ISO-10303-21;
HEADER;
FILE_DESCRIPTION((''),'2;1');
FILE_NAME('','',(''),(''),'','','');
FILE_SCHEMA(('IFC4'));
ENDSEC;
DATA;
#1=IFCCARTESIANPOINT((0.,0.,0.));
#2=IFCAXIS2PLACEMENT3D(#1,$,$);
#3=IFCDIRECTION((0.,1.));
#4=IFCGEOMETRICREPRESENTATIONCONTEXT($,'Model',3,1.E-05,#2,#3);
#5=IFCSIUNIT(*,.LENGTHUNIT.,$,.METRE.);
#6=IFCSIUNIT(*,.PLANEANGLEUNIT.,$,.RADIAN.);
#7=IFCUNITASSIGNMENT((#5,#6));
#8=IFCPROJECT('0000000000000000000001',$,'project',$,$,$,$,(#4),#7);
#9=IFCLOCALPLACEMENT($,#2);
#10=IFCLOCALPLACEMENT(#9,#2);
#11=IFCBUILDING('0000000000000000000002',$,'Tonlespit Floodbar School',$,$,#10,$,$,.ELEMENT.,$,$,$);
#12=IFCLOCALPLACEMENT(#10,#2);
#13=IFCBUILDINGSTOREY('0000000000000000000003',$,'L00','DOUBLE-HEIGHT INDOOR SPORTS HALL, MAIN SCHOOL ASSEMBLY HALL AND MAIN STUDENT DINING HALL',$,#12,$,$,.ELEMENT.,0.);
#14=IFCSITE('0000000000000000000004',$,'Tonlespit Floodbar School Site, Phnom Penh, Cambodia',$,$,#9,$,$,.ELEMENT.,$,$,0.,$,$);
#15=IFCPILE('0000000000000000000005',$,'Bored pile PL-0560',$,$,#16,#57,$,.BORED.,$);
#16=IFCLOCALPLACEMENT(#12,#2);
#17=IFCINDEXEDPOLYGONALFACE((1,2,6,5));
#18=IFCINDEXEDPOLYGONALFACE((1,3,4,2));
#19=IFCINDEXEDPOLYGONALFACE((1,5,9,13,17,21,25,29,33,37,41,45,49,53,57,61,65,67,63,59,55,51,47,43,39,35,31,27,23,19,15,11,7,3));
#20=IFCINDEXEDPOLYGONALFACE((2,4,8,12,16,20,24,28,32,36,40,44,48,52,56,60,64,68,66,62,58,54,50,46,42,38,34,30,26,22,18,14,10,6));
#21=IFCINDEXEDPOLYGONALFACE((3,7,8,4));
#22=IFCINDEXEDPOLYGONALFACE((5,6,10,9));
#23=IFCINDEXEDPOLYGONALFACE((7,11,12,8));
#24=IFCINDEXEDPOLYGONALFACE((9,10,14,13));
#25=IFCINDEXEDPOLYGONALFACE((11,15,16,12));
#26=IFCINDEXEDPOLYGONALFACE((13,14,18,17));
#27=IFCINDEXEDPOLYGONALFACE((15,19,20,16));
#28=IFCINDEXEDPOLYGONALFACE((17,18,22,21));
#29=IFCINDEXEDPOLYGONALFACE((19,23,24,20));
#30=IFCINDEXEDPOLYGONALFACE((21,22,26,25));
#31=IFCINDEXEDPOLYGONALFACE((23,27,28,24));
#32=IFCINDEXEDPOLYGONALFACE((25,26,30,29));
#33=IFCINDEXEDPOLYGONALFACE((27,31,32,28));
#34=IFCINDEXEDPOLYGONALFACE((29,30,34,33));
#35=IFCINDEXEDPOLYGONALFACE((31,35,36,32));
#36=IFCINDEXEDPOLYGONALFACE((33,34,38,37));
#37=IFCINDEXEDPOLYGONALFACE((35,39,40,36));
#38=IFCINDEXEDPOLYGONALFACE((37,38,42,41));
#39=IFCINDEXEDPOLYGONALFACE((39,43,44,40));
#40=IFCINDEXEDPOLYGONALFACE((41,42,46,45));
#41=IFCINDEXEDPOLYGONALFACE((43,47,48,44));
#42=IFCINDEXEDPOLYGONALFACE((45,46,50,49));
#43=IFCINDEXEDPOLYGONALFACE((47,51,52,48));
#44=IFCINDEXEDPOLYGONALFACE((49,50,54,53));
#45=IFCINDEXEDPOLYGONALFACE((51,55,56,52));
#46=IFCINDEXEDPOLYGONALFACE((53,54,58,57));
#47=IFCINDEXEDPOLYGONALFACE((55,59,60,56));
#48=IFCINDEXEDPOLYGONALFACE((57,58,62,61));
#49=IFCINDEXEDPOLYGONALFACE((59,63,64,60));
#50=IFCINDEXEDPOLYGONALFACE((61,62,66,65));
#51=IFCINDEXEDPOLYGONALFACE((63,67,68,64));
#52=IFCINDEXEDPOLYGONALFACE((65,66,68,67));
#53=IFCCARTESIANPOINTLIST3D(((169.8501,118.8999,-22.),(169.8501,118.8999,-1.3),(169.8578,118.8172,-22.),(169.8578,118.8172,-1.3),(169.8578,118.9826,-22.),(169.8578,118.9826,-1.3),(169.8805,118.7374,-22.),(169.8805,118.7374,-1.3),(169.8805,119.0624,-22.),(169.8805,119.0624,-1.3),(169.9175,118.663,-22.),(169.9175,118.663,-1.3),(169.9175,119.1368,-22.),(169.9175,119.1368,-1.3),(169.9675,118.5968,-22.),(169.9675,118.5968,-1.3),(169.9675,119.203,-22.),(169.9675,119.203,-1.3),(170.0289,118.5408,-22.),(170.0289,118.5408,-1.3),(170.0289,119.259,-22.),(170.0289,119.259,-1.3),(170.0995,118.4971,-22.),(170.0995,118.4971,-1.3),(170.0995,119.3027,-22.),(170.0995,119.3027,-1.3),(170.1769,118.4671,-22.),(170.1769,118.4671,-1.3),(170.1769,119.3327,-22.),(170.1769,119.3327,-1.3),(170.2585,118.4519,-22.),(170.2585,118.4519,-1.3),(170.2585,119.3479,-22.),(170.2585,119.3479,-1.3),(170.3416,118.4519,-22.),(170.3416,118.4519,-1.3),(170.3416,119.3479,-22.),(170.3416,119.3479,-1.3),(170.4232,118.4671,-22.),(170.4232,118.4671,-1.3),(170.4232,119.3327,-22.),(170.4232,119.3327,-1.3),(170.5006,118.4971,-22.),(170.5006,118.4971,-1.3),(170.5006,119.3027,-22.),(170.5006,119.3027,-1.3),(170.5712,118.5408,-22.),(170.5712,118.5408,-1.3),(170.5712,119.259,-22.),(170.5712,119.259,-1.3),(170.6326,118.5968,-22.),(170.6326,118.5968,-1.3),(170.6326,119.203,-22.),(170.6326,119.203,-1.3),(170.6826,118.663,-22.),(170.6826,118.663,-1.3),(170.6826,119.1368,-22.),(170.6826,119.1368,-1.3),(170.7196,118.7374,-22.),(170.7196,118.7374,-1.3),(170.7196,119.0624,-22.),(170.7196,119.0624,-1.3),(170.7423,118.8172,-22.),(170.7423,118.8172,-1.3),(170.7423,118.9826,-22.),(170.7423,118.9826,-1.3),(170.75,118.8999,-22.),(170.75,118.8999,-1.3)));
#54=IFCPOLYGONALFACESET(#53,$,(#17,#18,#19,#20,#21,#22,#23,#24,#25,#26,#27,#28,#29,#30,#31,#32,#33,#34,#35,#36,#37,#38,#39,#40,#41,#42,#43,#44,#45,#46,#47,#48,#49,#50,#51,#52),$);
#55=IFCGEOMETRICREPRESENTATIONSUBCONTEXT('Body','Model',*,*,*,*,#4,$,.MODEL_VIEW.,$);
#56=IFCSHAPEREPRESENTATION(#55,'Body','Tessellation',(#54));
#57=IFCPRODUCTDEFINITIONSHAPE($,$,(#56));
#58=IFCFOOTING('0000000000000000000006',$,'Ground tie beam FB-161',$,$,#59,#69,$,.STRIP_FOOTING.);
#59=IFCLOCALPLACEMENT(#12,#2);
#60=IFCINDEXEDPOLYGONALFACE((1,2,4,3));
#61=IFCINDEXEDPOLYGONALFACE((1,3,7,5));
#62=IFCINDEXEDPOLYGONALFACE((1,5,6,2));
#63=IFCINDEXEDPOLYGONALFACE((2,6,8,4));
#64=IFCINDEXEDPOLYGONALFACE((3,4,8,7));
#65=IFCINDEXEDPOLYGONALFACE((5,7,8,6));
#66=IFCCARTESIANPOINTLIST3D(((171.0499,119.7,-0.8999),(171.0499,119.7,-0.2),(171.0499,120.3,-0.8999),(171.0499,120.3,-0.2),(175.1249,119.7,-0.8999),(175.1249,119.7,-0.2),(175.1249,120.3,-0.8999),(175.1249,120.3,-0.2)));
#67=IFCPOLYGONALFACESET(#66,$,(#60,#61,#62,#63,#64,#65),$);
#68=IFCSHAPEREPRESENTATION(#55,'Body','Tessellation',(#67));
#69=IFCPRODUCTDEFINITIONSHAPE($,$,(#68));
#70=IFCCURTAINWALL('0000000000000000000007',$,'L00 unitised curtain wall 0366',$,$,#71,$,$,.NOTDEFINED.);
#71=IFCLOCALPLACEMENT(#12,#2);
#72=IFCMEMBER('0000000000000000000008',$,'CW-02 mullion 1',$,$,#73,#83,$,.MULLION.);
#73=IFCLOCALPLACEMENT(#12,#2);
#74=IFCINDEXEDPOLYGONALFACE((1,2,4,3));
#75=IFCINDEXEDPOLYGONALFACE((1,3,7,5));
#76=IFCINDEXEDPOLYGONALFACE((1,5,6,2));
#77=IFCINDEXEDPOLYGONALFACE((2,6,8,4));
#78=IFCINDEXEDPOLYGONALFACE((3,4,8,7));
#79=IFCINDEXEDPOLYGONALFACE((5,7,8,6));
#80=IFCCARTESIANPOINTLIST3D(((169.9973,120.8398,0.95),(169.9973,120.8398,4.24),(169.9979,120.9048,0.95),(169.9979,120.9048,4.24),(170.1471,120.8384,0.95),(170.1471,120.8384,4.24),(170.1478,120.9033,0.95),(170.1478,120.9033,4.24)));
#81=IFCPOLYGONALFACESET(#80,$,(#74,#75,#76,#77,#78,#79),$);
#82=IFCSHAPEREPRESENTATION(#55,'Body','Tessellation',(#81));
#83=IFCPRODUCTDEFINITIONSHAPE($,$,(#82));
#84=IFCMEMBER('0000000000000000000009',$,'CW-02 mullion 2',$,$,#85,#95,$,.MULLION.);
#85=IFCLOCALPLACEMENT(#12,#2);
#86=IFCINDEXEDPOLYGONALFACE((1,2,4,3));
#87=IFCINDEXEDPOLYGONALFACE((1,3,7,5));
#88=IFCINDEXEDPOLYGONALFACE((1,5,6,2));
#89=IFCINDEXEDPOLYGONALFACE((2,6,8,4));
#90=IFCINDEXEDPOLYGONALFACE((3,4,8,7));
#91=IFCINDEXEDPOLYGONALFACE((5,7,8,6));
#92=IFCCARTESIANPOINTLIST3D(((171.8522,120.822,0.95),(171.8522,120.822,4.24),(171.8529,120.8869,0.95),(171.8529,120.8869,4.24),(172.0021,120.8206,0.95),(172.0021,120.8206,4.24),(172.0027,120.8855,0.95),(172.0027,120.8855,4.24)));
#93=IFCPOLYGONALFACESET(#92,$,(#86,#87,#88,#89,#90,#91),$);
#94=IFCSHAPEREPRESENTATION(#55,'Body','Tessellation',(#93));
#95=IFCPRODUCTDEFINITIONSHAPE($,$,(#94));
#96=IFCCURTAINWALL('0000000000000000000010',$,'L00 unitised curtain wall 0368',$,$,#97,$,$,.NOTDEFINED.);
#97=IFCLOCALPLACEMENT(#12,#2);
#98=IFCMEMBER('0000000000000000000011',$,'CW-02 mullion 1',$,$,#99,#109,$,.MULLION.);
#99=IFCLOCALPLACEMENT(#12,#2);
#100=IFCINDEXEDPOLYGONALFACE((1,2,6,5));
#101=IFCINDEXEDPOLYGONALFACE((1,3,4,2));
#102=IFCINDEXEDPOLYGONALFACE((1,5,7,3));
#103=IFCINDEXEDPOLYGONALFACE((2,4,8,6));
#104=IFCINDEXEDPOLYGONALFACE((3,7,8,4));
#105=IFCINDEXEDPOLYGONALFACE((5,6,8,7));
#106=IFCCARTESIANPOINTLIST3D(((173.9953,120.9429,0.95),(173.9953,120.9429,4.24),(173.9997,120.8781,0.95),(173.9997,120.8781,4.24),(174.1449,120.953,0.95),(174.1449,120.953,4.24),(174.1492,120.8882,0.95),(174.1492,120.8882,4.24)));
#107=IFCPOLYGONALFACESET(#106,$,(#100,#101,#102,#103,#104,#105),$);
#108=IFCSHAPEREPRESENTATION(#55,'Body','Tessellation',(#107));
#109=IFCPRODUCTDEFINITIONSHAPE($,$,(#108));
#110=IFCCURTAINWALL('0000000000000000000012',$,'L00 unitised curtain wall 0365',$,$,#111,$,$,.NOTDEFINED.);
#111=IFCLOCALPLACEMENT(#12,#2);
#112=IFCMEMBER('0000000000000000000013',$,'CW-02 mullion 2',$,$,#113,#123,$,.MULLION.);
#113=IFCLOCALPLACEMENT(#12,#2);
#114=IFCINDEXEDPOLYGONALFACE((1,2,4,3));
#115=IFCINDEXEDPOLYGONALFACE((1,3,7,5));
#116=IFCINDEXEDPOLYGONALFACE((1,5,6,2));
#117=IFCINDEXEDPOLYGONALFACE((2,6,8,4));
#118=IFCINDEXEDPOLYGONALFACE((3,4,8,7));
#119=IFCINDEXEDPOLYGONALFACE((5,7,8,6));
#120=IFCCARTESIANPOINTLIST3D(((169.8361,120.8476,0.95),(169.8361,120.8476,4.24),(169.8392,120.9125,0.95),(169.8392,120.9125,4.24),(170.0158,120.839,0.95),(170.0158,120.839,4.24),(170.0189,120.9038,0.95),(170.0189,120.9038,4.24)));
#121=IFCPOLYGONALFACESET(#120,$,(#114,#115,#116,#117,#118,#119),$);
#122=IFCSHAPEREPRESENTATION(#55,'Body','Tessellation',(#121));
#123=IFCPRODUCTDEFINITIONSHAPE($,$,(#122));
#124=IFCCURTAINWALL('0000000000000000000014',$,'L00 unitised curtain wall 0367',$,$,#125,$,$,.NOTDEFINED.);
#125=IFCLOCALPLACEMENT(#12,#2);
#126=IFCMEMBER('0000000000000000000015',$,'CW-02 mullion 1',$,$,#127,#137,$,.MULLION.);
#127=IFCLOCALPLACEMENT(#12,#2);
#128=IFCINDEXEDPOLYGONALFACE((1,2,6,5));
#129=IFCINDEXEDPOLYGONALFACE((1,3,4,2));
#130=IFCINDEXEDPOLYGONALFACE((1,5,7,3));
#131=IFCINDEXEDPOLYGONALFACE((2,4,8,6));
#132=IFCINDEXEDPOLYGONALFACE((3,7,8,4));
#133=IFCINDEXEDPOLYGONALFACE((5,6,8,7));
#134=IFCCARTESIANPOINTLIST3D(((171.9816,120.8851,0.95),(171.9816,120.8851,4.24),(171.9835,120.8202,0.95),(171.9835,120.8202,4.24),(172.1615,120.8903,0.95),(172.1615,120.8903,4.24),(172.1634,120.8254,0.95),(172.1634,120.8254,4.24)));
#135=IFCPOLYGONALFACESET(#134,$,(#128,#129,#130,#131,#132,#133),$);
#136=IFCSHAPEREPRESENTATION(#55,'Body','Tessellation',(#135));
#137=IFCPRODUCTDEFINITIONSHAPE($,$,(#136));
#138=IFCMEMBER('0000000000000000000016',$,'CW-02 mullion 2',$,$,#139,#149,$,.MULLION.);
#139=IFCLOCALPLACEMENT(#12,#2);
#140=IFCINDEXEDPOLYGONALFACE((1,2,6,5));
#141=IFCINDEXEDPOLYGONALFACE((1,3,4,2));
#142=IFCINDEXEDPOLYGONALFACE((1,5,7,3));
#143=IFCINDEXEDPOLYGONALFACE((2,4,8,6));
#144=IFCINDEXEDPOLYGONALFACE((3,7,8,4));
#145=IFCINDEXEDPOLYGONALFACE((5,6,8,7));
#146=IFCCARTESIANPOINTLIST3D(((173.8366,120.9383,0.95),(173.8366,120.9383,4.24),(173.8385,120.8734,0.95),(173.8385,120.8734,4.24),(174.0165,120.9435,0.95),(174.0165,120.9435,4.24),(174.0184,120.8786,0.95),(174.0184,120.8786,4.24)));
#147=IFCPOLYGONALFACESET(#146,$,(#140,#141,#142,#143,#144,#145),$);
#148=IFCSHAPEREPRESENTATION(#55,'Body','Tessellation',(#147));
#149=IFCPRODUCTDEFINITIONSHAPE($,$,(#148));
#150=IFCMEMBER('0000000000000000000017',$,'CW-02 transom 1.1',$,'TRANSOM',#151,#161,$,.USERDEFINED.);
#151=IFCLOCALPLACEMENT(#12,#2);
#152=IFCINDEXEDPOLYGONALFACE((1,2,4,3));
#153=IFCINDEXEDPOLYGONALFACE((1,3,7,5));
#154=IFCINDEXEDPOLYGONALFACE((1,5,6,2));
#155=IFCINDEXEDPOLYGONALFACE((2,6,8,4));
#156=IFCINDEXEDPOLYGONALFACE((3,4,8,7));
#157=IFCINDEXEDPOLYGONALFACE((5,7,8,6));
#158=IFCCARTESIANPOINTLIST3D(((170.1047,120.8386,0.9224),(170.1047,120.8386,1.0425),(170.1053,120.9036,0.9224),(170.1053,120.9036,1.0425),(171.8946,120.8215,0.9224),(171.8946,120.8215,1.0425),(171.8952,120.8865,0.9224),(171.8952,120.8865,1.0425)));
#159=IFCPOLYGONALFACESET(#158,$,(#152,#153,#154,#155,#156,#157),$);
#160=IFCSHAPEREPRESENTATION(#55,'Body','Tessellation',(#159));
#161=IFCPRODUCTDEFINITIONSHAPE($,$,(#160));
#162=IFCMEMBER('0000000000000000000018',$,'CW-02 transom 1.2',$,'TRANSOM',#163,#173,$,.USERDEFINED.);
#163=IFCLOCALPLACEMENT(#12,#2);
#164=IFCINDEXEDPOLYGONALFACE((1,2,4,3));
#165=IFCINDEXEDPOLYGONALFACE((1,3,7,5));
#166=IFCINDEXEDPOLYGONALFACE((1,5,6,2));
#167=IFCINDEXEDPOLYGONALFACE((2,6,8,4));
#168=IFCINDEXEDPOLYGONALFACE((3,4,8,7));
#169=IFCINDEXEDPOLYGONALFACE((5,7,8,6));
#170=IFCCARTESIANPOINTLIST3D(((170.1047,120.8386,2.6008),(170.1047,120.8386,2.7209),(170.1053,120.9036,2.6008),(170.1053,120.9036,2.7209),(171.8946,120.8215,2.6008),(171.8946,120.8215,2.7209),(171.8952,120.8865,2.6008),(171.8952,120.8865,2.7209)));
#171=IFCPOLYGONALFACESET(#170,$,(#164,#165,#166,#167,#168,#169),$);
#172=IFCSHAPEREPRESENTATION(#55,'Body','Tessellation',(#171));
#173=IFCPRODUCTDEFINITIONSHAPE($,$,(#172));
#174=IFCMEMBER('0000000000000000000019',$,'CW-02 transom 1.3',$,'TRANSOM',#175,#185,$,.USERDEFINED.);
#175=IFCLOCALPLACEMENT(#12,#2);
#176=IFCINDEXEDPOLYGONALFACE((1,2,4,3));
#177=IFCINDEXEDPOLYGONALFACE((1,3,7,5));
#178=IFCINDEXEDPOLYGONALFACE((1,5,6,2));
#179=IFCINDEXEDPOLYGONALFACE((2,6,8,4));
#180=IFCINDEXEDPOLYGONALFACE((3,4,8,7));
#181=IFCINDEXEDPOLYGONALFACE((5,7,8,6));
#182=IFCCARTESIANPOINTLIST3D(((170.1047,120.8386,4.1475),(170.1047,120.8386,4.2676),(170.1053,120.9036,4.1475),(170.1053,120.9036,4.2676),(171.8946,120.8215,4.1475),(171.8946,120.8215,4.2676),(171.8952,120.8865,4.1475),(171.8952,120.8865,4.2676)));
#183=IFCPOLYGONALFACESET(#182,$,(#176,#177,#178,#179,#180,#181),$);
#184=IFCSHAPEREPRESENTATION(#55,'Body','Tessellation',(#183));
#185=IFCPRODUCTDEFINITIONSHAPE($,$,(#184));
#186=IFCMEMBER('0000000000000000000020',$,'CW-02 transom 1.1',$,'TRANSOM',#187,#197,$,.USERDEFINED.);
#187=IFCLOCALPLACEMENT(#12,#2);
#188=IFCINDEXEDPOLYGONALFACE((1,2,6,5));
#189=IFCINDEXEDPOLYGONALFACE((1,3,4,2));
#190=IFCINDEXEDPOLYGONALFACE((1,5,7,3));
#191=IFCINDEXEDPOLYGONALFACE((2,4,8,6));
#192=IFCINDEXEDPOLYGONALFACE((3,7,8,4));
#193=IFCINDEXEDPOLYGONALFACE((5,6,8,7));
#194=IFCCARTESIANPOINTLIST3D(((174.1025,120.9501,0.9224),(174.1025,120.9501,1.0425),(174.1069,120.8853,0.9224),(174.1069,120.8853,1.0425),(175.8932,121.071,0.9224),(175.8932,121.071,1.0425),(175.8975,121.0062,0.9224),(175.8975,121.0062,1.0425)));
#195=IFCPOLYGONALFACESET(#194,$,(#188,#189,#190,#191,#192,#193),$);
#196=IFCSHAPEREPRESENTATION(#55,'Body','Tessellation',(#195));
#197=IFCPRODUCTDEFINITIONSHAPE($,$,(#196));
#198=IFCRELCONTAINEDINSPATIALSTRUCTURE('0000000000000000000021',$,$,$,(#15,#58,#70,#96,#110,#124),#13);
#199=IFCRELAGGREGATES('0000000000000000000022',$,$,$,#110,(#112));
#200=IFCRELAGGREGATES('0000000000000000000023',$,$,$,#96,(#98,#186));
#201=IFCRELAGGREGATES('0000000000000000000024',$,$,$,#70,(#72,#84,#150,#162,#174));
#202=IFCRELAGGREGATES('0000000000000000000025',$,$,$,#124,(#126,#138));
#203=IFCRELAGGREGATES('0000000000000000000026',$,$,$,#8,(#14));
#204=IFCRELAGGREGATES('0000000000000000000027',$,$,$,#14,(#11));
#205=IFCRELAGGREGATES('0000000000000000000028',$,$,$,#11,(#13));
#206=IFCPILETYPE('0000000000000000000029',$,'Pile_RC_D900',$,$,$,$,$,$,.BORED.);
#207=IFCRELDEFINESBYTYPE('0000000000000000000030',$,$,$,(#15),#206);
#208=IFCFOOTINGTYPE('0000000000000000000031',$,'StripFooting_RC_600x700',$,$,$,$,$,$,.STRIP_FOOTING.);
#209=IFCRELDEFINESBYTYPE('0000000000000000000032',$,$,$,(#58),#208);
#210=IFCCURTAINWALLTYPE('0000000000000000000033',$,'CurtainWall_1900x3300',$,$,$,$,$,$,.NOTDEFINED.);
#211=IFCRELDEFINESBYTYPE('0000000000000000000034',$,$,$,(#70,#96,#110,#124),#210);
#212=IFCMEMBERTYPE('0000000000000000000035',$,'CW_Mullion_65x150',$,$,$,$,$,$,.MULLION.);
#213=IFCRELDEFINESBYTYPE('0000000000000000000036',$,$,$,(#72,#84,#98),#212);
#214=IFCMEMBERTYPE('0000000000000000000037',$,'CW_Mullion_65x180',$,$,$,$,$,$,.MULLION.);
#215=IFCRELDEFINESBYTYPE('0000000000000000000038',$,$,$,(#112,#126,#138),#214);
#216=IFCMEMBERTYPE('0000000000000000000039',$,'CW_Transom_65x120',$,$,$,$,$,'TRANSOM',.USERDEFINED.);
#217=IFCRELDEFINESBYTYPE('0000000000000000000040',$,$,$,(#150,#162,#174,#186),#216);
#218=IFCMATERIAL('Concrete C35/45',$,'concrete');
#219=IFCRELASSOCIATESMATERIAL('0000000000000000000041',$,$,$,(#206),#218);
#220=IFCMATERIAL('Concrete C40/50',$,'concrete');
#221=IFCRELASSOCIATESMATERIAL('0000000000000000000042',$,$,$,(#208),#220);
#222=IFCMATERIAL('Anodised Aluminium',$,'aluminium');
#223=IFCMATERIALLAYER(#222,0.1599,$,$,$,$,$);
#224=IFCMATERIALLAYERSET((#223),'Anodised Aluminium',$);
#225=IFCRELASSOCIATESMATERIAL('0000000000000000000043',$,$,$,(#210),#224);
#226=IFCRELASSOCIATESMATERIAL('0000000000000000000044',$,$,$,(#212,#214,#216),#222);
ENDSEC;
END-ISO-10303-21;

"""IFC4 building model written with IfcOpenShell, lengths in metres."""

from ifc_helpers import new_model, si_unit, direction, frame, origin, origin_2d, place, context, subcontext, project, spatial, rectangle, circle, extrude, material, layer, layer_set, material_profile, profile_set, type_object, element, aggregate, save


model = new_model("IFC4")

# Units and contexts
model_context = context("Model", 3, precision=1e-05, world=origin(), true_north=direction((0.0, 1.0)))
body_context = subcontext(model_context, "Body", "Model", "MODEL_VIEW")
ifc_project = project(units=[si_unit("LENGTHUNIT", "METRE"), si_unit("PLANEANGLEUNIT", "RADIAN")], contexts=[model_context])

# Site, building, storey
site_placement = place(None, origin())
site = spatial("IfcSite", under=ifc_project, at=site_placement, Name="Tonlespit Floodbar School Site, Phnom Penh, Cambodia", CompositionType="ELEMENT", RefElevation=0.0)
building_placement = place(site_placement, origin())
building = spatial("IfcBuilding", under=site, at=building_placement, Name="Tonlespit Floodbar School", CompositionType="ELEMENT")
storey_placement = place(building_placement, origin())
storey = spatial("IfcBuildingStorey", under=building, at=storey_placement, Name="L00", Description="DOUBLE-HEIGHT INDOOR SPORTS HALL, MAIN SCHOOL ASSEMBLY HALL AND MAIN STUDENT DINING HALL", CompositionType="ELEMENT", Elevation=0.0)

# Pile
ifc_material_1 = material(Name="Concrete C35/45", Category="concrete")
ifc_material_profile_1 = material_profile(ifc_material_1, circle(Radius=0.45, at=origin_2d()), Name="BP D900")
ifc_profile_set_1 = profile_set([ifc_material_profile_1], Name="Concrete C35/45")
pile_type = type_object("IfcPileType", Name="Pile_RC_D900", PredefinedType="BORED", material=ifc_profile_set_1)
pile_placement = place(storey_placement, frame((170.3, 118.8999, -1.3), z_axis=(0.0, 0.0, -1.0), x_axis=(1.0, 0.0, 0.0)))
element("IfcPile", 1, at=pile_placement, inside=storey, type_object=pile_type, Name="Bored pile PL-0560", PredefinedType="BORED", context=body_context, shape_type="SweptSolid", body=[
    extrude(circle(Radius=0.45, at=origin_2d()), origin(), (0.0, 0.0, 1.0), 20.7),
])

# Footing
ifc_material_2 = material(Name="Concrete C40/50", Category="concrete")
footing_type = type_object("IfcFootingType", Name="StripFooting_RC_600x700", PredefinedType="STRIP_FOOTING", material=ifc_material_2)
footing_placement = place(storey_placement, frame((173.0874, 120.0, -0.8999), z_axis=(0.0, 0.0, 1.0), x_axis=(1.0, 0.0, 0.0)))
element("IfcFooting", 2, at=footing_placement, inside=storey, type_object=footing_type, Name="Ground tie beam FB-161", PredefinedType="STRIP_FOOTING", context=body_context, shape_type="SweptSolid", body=[
    extrude(rectangle(XDim=4.075, YDim=0.6001, at=origin_2d()), origin(), (0.0, 0.0, 1.0), 0.7),
])

# Curtain wall, members
ifc_material_3 = material(Name="Anodised Aluminium", Category="aluminium")
ifc_layer_1 = layer(ifc_material_3, 0.1599)
ifc_layer_set_1 = layer_set([ifc_layer_1], Name="Anodised Aluminium")
curtain_wall_type = type_object("IfcCurtainWallType", Name="CurtainWall_1900x3300", PredefinedType="NOTDEFINED", material=ifc_layer_set_1)
curtain_wall_1_placement = place(storey_placement, origin())
curtain_wall_1 = element("IfcCurtainWall", 3, at=curtain_wall_1_placement, inside=storey, type_object=curtain_wall_type, Name="L00 unitised curtain wall 0366", PredefinedType="NOTDEFINED")
ifc_material_profile_2 = material_profile(ifc_material_3, rectangle(XDim=0.0649, YDim=0.1499, at=origin_2d()), Name="ALU M65x150")
ifc_profile_set_2 = profile_set([ifc_material_profile_2], Name="Anodised Aluminium")
member_type_1 = type_object("IfcMemberType", Name="CW_Mullion_65x150", PredefinedType="MULLION", material=ifc_profile_set_2)
member_1_placement = place(storey_placement, frame((170.0725, 120.8716, 0.95), z_axis=(0.0, 0.0, 1.0), x_axis=(0.009583, 0.999954, 0.0)))
member_1 = element("IfcMember", 4, at=member_1_placement, type_object=member_type_1, Name="CW-02 mullion 1", PredefinedType="MULLION", context=body_context, shape_type="SweptSolid", body=[
    extrude(rectangle(XDim=0.0649, YDim=0.1499, at=origin_2d()), origin(), (0.0, 0.0, 1.0), 3.29),
])
member_2_placement = place(storey_placement, frame((171.9275, 120.8538, 0.95), z_axis=(0.0, 0.0, 1.0), x_axis=(0.009583, 0.999954, 0.0)))
member_2 = element("IfcMember", 5, at=member_2_placement, type_object=member_type_1, Name="CW-02 mullion 2", PredefinedType="MULLION", context=body_context, shape_type="SweptSolid", body=[
    extrude(rectangle(XDim=0.0649, YDim=0.1499, at=origin_2d()), origin(), (0.0, 0.0, 1.0), 3.29),
])

# Curtain walls, members
curtain_wall_2_placement = place(storey_placement, origin())
curtain_wall_2 = element("IfcCurtainWall", 6, at=curtain_wall_2_placement, inside=storey, type_object=curtain_wall_type, Name="L00 unitised curtain wall 0368", PredefinedType="NOTDEFINED")
member_3_placement = place(storey_placement, frame((174.0723, 120.9155, 0.95), z_axis=(0.0, 0.0, 1.0), x_axis=(-0.06734, 0.99773, 0.0)))
member_3 = element("IfcMember", 7, at=member_3_placement, type_object=member_type_1, Name="CW-02 mullion 1", PredefinedType="MULLION", context=body_context, shape_type="SweptSolid", body=[
    extrude(rectangle(XDim=0.0649, YDim=0.1499, at=origin_2d()), origin(), (0.0, 0.0, 1.0), 3.29),
])
curtain_wall_3_placement = place(storey_placement, origin())
curtain_wall_3 = element("IfcCurtainWall", 8, at=curtain_wall_3_placement, inside=storey, type_object=curtain_wall_type, Name="L00 unitised curtain wall 0365", PredefinedType="NOTDEFINED")
ifc_material_profile_3 = material_profile(ifc_material_3, rectangle(XDim=0.0649, YDim=0.1799, at=origin_2d()), Name="ALU M65x180")
ifc_profile_set_3 = profile_set([ifc_material_profile_3], Name="Anodised Aluminium")
member_type_2 = type_object("IfcMemberType", Name="CW_Mullion_65x180", PredefinedType="MULLION", material=ifc_profile_set_3)
member_4_placement = place(storey_placement, frame((169.9275, 120.8757, 0.95), z_axis=(0.0, 0.0, 1.0), x_axis=(0.048121, 0.998842, 0.0)))
member_4 = element("IfcMember", 9, at=member_4_placement, type_object=member_type_2, Name="CW-02 mullion 2", PredefinedType="MULLION", context=body_context, shape_type="SweptSolid", body=[
    extrude(rectangle(XDim=0.0649, YDim=0.1799, at=origin_2d()), origin(), (0.0, 0.0, 1.0), 3.29),
])
aggregate(curtain_wall_3, [member_4])

# Curtain wall, members
curtain_wall_4_placement = place(storey_placement, origin())
curtain_wall_4 = element("IfcCurtainWall", 10, at=curtain_wall_4_placement, inside=storey, type_object=curtain_wall_type, Name="L00 unitised curtain wall 0367", PredefinedType="NOTDEFINED")
member_5_placement = place(storey_placement, frame((172.0725, 120.8552, 0.95), z_axis=(0.0, 0.0, 1.0), x_axis=(-0.02879, 0.999585, 0.0)))
member_5 = element("IfcMember", 11, at=member_5_placement, type_object=member_type_2, Name="CW-02 mullion 1", PredefinedType="MULLION", context=body_context, shape_type="SweptSolid", body=[
    extrude(rectangle(XDim=0.0649, YDim=0.1799, at=origin_2d()), origin(), (0.0, 0.0, 1.0), 3.29),
])
member_6_placement = place(storey_placement, frame((173.9275, 120.9084, 0.95), z_axis=(0.0, 0.0, 1.0), x_axis=(-0.02879, 0.999585, 0.0)))
member_6 = element("IfcMember", 12, at=member_6_placement, type_object=member_type_2, Name="CW-02 mullion 2", PredefinedType="MULLION", context=body_context, shape_type="SweptSolid", body=[
    extrude(rectangle(XDim=0.0649, YDim=0.1799, at=origin_2d()), origin(), (0.0, 0.0, 1.0), 3.29),
])

# Members
ifc_material_profile_4 = material_profile(ifc_material_3, rectangle(XDim=0.0649, YDim=0.1201, at=origin_2d()), Name="ALU T65x120")
ifc_profile_set_4 = profile_set([ifc_material_profile_4], Name="Anodised Aluminium")
member_type_3 = type_object("IfcMemberType", Name="CW_Transom_65x120", ElementType="TRANSOM", PredefinedType="USERDEFINED", material=ifc_profile_set_4)
member_7_placement = place(storey_placement, frame((170.105, 120.8711, 0.9824), z_axis=(0.999954, -0.009547, 0.0), x_axis=(0.009547, 0.999954, 0.0)))
member_7 = element("IfcMember", 13, at=member_7_placement, type_object=member_type_3, Name="CW-02 transom 1.1", ObjectType="TRANSOM", PredefinedType="USERDEFINED", context=body_context, shape_type="SweptSolid", body=[
    extrude(rectangle(XDim=0.0649, YDim=0.1201, at=origin_2d()), origin(), (0.0, 0.0, 1.0), 1.79),
])
member_8_placement = place(storey_placement, frame((170.105, 120.8711, 2.6609), z_axis=(0.999954, -0.009547, 0.0), x_axis=(0.009547, 0.999954, 0.0)))
member_8 = element("IfcMember", 14, at=member_8_placement, type_object=member_type_3, Name="CW-02 transom 1.2", ObjectType="TRANSOM", PredefinedType="USERDEFINED", context=body_context, shape_type="SweptSolid", body=[
    extrude(rectangle(XDim=0.0649, YDim=0.1201, at=origin_2d()), origin(), (0.0, 0.0, 1.0), 1.79),
])
member_9_placement = place(storey_placement, frame((170.105, 120.8711, 4.2075), z_axis=(0.999954, -0.009547, 0.0), x_axis=(0.009547, 0.999954, 0.0)))
member_9 = element("IfcMember", 15, at=member_9_placement, type_object=member_type_3, Name="CW-02 transom 1.3", ObjectType="TRANSOM", PredefinedType="USERDEFINED", context=body_context, shape_type="SweptSolid", body=[
    extrude(rectangle(XDim=0.0649, YDim=0.1201, at=origin_2d()), origin(), (0.0, 0.0, 1.0), 1.79),
])
member_10_placement = place(storey_placement, frame((174.1047, 120.9177, 0.9824), z_axis=(0.99773, 0.067341, 0.0), x_axis=(-0.067341, 0.99773, 0.0)))
member_10 = element("IfcMember", 16, at=member_10_placement, type_object=member_type_3, Name="CW-02 transom 1.1", ObjectType="TRANSOM", PredefinedType="USERDEFINED", context=body_context, shape_type="SweptSolid", body=[
    extrude(rectangle(XDim=0.0649, YDim=0.1201, at=origin_2d()), origin(), (0.0, 0.0, 1.0), 1.7947),
])
aggregate(curtain_wall_2, [member_3, member_10])

aggregate(curtain_wall_1, [member_1, member_2, member_7, member_8, member_9])
aggregate(curtain_wall_4, [member_5, member_6])

save(model, "model.ifc")
